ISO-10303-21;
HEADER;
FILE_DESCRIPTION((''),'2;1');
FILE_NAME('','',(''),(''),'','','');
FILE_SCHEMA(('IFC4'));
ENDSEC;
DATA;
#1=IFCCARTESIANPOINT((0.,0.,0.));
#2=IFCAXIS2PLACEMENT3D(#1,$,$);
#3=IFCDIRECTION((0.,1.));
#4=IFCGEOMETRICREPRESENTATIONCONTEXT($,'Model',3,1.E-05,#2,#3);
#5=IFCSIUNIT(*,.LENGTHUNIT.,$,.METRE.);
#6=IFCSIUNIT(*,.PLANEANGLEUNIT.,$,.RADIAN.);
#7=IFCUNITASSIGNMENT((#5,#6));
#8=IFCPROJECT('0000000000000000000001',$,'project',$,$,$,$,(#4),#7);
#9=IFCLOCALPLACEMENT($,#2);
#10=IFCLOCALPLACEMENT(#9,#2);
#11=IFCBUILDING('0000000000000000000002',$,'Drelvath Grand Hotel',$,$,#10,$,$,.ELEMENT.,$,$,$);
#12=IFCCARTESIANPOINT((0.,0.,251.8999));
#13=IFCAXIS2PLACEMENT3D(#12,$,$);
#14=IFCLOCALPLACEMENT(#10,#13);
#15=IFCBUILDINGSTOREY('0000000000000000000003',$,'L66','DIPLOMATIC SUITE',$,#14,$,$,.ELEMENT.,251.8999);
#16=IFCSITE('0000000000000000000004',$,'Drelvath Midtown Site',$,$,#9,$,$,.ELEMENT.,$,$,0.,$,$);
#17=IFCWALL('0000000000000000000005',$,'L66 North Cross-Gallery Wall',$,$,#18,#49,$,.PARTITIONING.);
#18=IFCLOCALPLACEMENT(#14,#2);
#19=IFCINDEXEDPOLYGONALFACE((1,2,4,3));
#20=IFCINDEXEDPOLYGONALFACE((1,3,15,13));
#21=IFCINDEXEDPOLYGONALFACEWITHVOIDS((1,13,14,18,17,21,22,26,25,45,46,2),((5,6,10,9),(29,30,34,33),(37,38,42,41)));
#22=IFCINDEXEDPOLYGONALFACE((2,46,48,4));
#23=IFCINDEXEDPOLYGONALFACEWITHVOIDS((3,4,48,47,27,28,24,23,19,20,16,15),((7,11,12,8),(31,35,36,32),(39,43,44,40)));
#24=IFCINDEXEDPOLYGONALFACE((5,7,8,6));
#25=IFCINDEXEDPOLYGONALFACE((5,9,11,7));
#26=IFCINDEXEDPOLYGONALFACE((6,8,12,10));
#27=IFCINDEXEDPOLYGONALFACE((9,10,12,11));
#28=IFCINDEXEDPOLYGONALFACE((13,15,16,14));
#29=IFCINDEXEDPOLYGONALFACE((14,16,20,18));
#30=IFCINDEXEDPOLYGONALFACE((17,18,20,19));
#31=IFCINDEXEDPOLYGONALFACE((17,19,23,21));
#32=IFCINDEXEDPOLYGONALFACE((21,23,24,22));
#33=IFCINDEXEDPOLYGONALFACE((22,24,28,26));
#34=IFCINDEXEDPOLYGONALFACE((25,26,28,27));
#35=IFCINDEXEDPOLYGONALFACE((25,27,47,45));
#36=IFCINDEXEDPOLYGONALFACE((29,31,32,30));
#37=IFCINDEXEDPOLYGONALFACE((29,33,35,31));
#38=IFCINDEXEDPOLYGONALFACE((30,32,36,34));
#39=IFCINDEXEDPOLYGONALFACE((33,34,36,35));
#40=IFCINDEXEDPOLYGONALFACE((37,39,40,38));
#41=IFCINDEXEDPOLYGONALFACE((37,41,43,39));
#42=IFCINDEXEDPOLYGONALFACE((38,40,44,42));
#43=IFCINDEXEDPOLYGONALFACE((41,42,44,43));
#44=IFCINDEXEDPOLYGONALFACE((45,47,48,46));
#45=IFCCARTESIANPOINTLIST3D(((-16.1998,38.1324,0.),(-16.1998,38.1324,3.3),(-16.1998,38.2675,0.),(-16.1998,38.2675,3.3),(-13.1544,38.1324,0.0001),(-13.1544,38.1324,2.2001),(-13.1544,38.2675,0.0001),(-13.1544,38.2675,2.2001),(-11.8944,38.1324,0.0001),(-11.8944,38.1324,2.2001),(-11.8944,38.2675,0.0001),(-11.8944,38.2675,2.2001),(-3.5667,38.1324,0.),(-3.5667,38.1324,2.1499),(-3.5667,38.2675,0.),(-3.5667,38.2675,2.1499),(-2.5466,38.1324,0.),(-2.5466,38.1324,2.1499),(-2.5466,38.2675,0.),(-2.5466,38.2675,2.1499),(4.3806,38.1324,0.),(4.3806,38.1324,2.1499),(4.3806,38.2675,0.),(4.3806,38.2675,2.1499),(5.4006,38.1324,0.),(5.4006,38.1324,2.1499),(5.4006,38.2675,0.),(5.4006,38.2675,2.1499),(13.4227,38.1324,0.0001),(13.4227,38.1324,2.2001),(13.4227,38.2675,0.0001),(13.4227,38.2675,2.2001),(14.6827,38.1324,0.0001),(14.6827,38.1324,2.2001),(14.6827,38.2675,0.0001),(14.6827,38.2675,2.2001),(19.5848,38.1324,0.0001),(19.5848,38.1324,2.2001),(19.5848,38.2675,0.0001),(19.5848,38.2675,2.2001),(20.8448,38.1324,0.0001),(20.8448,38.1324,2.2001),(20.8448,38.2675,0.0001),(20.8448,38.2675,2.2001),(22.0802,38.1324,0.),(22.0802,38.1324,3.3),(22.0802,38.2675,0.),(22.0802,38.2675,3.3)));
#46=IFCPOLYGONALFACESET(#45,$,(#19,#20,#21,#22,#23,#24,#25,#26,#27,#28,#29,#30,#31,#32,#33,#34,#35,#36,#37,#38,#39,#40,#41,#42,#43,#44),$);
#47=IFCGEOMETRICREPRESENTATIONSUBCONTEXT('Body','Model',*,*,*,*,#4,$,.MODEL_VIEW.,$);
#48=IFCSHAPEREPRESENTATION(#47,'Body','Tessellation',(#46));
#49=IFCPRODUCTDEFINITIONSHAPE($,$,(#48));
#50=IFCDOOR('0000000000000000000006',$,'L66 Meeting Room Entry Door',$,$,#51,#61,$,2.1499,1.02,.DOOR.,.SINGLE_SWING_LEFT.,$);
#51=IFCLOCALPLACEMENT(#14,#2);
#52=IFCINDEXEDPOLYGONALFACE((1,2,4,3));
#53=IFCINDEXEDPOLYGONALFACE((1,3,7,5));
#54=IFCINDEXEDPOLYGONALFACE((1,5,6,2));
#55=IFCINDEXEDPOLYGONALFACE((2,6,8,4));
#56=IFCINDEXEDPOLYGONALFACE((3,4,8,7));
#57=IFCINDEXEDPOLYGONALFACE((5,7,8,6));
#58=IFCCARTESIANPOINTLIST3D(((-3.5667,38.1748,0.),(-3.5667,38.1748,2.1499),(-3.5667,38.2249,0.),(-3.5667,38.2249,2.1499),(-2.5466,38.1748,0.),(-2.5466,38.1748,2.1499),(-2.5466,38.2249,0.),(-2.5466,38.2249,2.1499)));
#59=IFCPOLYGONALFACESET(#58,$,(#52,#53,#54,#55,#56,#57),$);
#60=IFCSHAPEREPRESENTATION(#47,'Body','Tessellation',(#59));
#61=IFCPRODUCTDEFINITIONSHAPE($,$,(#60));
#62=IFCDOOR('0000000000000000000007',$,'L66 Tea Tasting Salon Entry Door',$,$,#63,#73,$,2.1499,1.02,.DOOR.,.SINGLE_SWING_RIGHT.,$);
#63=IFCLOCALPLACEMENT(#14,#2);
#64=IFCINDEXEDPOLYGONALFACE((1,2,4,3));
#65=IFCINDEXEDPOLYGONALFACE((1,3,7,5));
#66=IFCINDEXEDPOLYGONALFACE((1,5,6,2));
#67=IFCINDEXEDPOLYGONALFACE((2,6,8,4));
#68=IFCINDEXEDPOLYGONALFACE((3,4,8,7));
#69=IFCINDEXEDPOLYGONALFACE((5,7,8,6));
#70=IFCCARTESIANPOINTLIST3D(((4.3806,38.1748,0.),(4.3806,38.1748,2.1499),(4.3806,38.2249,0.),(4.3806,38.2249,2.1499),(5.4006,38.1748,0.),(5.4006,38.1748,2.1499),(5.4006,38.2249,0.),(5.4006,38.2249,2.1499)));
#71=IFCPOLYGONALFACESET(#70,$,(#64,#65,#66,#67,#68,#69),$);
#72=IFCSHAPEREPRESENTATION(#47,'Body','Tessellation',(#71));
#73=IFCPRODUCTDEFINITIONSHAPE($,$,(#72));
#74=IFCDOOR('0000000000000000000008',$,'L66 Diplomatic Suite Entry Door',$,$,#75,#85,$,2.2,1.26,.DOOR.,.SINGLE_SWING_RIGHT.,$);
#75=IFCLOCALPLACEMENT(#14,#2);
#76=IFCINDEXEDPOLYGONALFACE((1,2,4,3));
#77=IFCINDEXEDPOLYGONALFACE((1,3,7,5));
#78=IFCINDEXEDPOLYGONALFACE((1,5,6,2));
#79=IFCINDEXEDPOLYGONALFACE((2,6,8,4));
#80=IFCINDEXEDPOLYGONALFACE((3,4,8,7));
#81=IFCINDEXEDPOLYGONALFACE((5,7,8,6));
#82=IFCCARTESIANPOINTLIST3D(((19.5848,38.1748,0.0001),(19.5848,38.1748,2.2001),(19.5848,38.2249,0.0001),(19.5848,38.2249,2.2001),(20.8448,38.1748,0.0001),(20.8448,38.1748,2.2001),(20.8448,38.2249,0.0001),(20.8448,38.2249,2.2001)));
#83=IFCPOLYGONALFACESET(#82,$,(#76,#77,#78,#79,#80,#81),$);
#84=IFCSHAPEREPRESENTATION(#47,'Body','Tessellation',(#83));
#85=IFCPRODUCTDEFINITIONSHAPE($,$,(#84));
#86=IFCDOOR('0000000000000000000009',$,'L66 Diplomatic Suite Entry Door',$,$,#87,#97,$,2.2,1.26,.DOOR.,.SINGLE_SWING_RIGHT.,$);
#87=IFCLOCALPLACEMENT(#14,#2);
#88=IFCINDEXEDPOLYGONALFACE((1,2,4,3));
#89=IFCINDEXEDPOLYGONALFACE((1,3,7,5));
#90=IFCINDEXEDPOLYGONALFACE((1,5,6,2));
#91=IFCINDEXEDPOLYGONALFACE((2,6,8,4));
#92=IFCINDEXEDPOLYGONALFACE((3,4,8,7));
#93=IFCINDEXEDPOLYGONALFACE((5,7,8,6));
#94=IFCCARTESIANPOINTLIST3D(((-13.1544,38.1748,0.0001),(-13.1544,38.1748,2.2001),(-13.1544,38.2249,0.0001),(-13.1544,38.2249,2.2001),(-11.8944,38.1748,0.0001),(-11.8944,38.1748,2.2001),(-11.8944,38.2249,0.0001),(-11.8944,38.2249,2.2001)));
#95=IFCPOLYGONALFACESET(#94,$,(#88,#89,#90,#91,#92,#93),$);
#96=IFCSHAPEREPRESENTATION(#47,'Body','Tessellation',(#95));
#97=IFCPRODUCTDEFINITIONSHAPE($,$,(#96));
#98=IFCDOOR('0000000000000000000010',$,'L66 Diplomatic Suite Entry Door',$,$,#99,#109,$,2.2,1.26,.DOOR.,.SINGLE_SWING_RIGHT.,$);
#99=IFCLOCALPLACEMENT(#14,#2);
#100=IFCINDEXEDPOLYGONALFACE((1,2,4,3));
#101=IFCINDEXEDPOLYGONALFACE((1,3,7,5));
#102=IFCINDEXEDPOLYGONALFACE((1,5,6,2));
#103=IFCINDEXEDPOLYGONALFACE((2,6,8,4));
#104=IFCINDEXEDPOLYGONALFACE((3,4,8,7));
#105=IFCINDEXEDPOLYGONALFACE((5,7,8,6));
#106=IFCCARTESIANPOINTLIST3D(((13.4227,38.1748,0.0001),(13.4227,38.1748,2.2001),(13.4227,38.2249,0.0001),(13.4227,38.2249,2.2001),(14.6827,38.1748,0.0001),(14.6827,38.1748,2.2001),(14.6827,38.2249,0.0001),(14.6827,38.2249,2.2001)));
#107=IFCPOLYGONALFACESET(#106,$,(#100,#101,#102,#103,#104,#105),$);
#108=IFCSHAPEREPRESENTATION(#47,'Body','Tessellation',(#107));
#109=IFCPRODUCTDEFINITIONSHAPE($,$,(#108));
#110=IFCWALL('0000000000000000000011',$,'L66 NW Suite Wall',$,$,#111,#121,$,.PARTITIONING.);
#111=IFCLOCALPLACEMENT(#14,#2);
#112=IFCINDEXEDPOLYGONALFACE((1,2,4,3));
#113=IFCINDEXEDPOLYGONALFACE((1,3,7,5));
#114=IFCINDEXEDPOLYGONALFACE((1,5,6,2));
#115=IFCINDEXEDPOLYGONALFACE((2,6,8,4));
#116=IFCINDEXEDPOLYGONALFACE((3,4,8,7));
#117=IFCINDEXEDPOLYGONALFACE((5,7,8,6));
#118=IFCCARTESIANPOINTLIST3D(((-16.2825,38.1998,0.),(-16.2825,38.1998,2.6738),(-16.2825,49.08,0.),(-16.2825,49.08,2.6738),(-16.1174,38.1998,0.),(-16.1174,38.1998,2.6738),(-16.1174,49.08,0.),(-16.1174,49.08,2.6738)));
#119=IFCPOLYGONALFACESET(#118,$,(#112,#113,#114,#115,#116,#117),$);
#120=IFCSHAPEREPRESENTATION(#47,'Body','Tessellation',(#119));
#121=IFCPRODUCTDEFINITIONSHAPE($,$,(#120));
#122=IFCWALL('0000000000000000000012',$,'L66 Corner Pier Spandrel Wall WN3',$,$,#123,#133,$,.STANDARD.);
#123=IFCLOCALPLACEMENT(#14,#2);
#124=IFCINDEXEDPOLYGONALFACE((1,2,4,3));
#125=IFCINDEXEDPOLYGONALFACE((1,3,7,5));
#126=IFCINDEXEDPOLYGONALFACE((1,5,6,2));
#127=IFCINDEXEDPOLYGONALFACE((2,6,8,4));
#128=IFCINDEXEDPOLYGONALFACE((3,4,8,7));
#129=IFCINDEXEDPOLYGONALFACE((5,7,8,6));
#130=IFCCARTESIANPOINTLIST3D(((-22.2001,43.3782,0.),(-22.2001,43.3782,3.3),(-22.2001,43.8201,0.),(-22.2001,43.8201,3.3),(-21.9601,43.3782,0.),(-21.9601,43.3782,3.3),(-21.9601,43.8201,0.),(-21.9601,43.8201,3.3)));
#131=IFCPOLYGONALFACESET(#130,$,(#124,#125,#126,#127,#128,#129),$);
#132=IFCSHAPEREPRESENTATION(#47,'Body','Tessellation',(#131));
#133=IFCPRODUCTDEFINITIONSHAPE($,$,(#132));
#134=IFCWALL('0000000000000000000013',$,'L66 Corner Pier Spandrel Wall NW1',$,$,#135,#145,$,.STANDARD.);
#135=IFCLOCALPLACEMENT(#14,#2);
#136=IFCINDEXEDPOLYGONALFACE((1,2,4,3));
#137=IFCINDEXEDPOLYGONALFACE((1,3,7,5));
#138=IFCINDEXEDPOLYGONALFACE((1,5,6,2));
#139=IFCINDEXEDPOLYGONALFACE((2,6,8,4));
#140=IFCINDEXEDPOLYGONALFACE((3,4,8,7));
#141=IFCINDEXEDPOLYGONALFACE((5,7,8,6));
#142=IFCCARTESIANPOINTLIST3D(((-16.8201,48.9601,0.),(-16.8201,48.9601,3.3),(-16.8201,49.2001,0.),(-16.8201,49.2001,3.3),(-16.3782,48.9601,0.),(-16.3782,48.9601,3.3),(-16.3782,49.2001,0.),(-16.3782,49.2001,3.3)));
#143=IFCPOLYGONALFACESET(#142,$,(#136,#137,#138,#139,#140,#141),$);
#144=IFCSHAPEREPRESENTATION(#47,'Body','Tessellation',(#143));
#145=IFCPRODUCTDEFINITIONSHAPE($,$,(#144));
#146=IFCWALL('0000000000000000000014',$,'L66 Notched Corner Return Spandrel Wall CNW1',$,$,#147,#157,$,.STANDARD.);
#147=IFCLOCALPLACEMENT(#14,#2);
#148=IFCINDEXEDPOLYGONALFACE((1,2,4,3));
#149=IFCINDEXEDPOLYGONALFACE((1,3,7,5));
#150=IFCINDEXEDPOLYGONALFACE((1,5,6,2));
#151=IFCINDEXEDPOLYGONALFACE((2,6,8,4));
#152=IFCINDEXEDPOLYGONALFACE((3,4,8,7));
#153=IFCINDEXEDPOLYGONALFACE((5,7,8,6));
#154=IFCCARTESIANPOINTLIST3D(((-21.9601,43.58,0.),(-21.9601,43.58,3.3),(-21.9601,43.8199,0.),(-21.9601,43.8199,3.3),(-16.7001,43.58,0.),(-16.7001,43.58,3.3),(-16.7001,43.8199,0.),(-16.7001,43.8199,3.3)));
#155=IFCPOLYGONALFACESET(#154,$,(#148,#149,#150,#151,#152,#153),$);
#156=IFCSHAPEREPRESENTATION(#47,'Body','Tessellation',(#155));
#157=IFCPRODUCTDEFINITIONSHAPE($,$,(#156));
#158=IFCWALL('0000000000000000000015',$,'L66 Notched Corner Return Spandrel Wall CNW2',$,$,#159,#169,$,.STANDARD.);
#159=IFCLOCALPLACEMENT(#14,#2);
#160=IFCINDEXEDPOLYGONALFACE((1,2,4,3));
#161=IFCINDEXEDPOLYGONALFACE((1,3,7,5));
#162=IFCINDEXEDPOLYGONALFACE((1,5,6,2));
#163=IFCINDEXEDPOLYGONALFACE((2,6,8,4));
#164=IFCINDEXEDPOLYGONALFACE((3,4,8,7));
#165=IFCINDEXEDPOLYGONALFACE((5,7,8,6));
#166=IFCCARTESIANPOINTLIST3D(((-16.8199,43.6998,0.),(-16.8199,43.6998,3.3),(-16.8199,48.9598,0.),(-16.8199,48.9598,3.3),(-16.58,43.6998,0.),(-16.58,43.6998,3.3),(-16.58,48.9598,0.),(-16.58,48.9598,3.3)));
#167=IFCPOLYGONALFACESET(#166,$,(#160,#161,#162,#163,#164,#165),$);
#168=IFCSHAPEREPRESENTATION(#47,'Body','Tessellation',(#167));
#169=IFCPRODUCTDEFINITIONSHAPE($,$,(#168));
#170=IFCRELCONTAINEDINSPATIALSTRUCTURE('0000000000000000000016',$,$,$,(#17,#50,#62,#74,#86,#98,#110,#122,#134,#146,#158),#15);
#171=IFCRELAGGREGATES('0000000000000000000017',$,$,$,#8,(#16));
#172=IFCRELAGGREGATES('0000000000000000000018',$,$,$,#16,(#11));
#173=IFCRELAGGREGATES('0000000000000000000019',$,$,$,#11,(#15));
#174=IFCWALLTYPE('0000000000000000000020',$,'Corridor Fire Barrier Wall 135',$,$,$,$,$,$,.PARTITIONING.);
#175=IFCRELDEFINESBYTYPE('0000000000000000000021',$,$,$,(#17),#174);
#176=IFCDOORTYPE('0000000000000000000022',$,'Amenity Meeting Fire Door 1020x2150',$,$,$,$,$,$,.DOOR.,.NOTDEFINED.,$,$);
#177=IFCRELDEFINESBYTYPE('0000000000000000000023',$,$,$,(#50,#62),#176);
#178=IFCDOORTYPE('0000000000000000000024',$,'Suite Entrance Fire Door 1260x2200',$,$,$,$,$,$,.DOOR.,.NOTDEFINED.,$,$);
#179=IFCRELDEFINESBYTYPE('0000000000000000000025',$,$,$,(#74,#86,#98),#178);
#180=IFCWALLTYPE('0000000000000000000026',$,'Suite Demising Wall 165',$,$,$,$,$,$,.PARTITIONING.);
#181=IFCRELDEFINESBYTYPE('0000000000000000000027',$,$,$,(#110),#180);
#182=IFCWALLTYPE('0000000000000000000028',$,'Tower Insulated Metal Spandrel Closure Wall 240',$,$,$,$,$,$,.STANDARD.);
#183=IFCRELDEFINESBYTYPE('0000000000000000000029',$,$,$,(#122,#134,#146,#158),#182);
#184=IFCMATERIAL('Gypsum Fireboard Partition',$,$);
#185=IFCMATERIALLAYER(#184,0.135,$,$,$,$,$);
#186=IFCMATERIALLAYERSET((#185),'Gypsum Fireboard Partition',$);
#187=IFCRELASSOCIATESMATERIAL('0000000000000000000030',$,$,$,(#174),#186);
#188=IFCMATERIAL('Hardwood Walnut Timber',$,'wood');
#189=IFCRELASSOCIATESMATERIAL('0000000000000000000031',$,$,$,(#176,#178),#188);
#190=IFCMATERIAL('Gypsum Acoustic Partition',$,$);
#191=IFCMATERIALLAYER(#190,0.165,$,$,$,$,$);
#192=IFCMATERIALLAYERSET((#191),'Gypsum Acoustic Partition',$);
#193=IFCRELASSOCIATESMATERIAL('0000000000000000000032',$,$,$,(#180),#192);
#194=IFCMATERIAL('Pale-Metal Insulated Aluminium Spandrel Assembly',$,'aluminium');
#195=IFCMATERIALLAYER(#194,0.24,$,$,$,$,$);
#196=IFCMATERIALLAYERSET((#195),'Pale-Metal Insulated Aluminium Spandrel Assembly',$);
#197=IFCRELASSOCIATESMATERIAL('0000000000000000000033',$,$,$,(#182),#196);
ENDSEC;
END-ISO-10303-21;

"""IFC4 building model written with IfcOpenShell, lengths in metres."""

from ifc_helpers import new_model, si_unit, direction, frame, frame_2d, origin, place, context, subcontext, project, spatial, rectangle, extrude, material, layer, layer_set, type_object, element, fill, save


model = new_model("IFC4")

# Units and contexts
model_context = context("Model", 3, precision=1e-05, world=origin(), true_north=direction((0.0, 1.0)))
body_context = subcontext(model_context, "Body", "Model", "MODEL_VIEW")
ifc_project = project(units=[si_unit("LENGTHUNIT", "METRE"), si_unit("PLANEANGLEUNIT", "RADIAN")], contexts=[model_context])

# Site, building, storey
site_placement = place(None, origin())
site = spatial("IfcSite", under=ifc_project, at=site_placement, Name="Drelvath Midtown Site", CompositionType="ELEMENT", RefElevation=0.0)
building_placement = place(site_placement, origin())
building = spatial("IfcBuilding", under=site, at=building_placement, Name="Drelvath Grand Hotel", CompositionType="ELEMENT")
storey_placement = place(building_placement, frame((0.0, 0.0, 251.8999)))
storey = spatial("IfcBuildingStorey", under=building, at=storey_placement, Name="L66", Description="DIPLOMATIC SUITE", CompositionType="ELEMENT", Elevation=251.8999)

# Wall, openings, doors
ifc_material_1 = material(Name="Gypsum Fireboard Partition")
ifc_layer_1 = layer(ifc_material_1, 0.135)
ifc_layer_set_1 = layer_set([ifc_layer_1], Name="Gypsum Fireboard Partition")
wall_type_1 = type_object("IfcWallType", Name="Corridor Fire Barrier Wall 135", PredefinedType="PARTITIONING", material=ifc_layer_set_1)
wall_1_placement = place(storey_placement, frame((-16.2, 38.2, 0.0), z_axis=(0.0, 0.0, 1.0), x_axis=(1.0, 0.0, 0.0)))
wall_1 = element("IfcWall", 1, at=wall_1_placement, inside=storey, type_object=wall_type_1, Name="L66 North Cross-Gallery Wall", PredefinedType="PARTITIONING", context=body_context, shape_type="SweptSolid", body=[
    extrude(rectangle(XDim=38.28, YDim=0.135, at=frame_2d((19.1401, 0.0))), origin(), (0.0, 0.0, 1.0), 3.3),
])
opening_1_placement = place(wall_1_placement, frame((35.7849, 0.0, 0.0)))
opening_1 = element("IfcOpeningElement", 2, at=opening_1_placement, cuts=wall_1, PredefinedType="OPENING", context=body_context, shape_type="SweptSolid", body=[
    extrude(rectangle(XDim=1.26, YDim=2.2, at=frame_2d((0.6299, 1.1001))), frame((0.0, 0.0774, 0.0), z_axis=(0.0, -1.0, 0.0), x_axis=(1.0, 0.0, 0.0)), (0.0, 0.0, 1.0), 0.155),
])
opening_2_placement = place(wall_1_placement, frame((3.0457, 0.0, 0.0)))
opening_2 = element("IfcOpeningElement", 3, at=opening_2_placement, cuts=wall_1, PredefinedType="OPENING", context=body_context, shape_type="SweptSolid", body=[
    extrude(rectangle(XDim=1.26, YDim=2.2, at=frame_2d((0.6299, 1.1001))), frame((0.0, 0.0774, 0.0), z_axis=(0.0, -1.0, 0.0), x_axis=(1.0, 0.0, 0.0)), (0.0, 0.0, 1.0), 0.155),
])
opening_3_placement = place(wall_1_placement, frame((12.6333, 0.0, 0.0)))
opening_3 = element("IfcOpeningElement", 4, at=opening_3_placement, cuts=wall_1, PredefinedType="OPENING", context=body_context, shape_type="SweptSolid", body=[
    extrude(rectangle(XDim=1.02, YDim=2.1499, at=frame_2d((0.51, 1.075))), frame((0.0, 0.0774, 0.0), z_axis=(0.0, -1.0, 0.0), x_axis=(1.0, 0.0, 0.0)), (0.0, 0.0, 1.0), 0.155),
])
opening_4_placement = place(wall_1_placement, frame((20.5806, 0.0, 0.0)))
opening_4 = element("IfcOpeningElement", 5, at=opening_4_placement, cuts=wall_1, PredefinedType="OPENING", context=body_context, shape_type="SweptSolid", body=[
    extrude(rectangle(XDim=1.02, YDim=2.1499, at=frame_2d((0.51, 1.075))), frame((0.0, 0.0774, 0.0), z_axis=(0.0, -1.0, 0.0), x_axis=(1.0, 0.0, 0.0)), (0.0, 0.0, 1.0), 0.155),
])
opening_5_placement = place(wall_1_placement, frame((29.6228, 0.0, 0.0)))
opening_5 = element("IfcOpeningElement", 6, at=opening_5_placement, cuts=wall_1, PredefinedType="OPENING", context=body_context, shape_type="SweptSolid", body=[
    extrude(rectangle(XDim=1.26, YDim=2.2, at=frame_2d((0.6299, 1.1001))), frame((0.0, 0.0774, 0.0), z_axis=(0.0, -1.0, 0.0), x_axis=(1.0, 0.0, 0.0)), (0.0, 0.0, 1.0), 0.155),
])
ifc_material_2 = material(Name="Hardwood Walnut Timber", Category="wood")
door_type_1 = type_object("IfcDoorType", Name="Amenity Meeting Fire Door 1020x2150", OperationType="NOTDEFINED", PredefinedType="DOOR", material=ifc_material_2)
door_1_placement = place(opening_3_placement, origin())
door_1 = element("IfcDoor", 7, at=door_1_placement, inside=storey, type_object=door_type_1, Name="L66 Meeting Room Entry Door", OperationType="SINGLE_SWING_LEFT", OverallHeight=2.1499, OverallWidth=1.02, PredefinedType="DOOR", context=body_context, shape_type="SweptSolid", body=[
    extrude(rectangle(XDim=1.02, YDim=2.1499, at=frame_2d((0.51, 1.075))), frame((0.0, 0.0249, 0.0), z_axis=(0.0, -1.0, 0.0), x_axis=(1.0, 0.0, 0.0)), (0.0, 0.0, 1.0), 0.05),
])
fill(opening_3, door_1)
door_2_placement = place(opening_4_placement, origin())
door_2 = element("IfcDoor", 8, at=door_2_placement, inside=storey, type_object=door_type_1, Name="L66 Tea Tasting Salon Entry Door", OperationType="SINGLE_SWING_RIGHT", OverallHeight=2.1499, OverallWidth=1.02, PredefinedType="DOOR", context=body_context, shape_type="SweptSolid", body=[
    extrude(rectangle(XDim=1.02, YDim=2.1499, at=frame_2d((0.51, 1.075))), frame((0.0, 0.0249, 0.0), z_axis=(0.0, -1.0, 0.0), x_axis=(1.0, 0.0, 0.0)), (0.0, 0.0, 1.0), 0.05),
])
fill(opening_4, door_2)
door_type_2 = type_object("IfcDoorType", Name="Suite Entrance Fire Door 1260x2200", OperationType="NOTDEFINED", PredefinedType="DOOR", material=ifc_material_2)
door_3_placement = place(opening_1_placement, origin())
door_3 = element("IfcDoor", 9, at=door_3_placement, inside=storey, type_object=door_type_2, Name="L66 Diplomatic Suite Entry Door", OperationType="SINGLE_SWING_RIGHT", OverallHeight=2.2, OverallWidth=1.26, PredefinedType="DOOR", context=body_context, shape_type="SweptSolid", body=[
    extrude(rectangle(XDim=1.26, YDim=2.2, at=frame_2d((0.6299, 1.1001))), frame((0.0, 0.0249, 0.0), z_axis=(0.0, -1.0, 0.0), x_axis=(1.0, 0.0, 0.0)), (0.0, 0.0, 1.0), 0.05),
])
fill(opening_1, door_3)
door_4_placement = place(opening_2_placement, origin())
door_4 = element("IfcDoor", 10, at=door_4_placement, inside=storey, type_object=door_type_2, Name="L66 Diplomatic Suite Entry Door", OperationType="SINGLE_SWING_RIGHT", OverallHeight=2.2, OverallWidth=1.26, PredefinedType="DOOR", context=body_context, shape_type="SweptSolid", body=[
    extrude(rectangle(XDim=1.26, YDim=2.2, at=frame_2d((0.6299, 1.1001))), frame((0.0, 0.0249, 0.0), z_axis=(0.0, -1.0, 0.0), x_axis=(1.0, 0.0, 0.0)), (0.0, 0.0, 1.0), 0.05),
])
fill(opening_2, door_4)
door_5_placement = place(opening_5_placement, origin())
door_5 = element("IfcDoor", 11, at=door_5_placement, inside=storey, type_object=door_type_2, Name="L66 Diplomatic Suite Entry Door", OperationType="SINGLE_SWING_RIGHT", OverallHeight=2.2, OverallWidth=1.26, PredefinedType="DOOR", context=body_context, shape_type="SweptSolid", body=[
    extrude(rectangle(XDim=1.26, YDim=2.2, at=frame_2d((0.6299, 1.1001))), frame((0.0, 0.0249, 0.0), z_axis=(0.0, -1.0, 0.0), x_axis=(1.0, 0.0, 0.0)), (0.0, 0.0, 1.0), 0.05),
])
fill(opening_5, door_5)

# Walls
ifc_material_3 = material(Name="Gypsum Acoustic Partition")
ifc_layer_2 = layer(ifc_material_3, 0.165)
ifc_layer_set_2 = layer_set([ifc_layer_2], Name="Gypsum Acoustic Partition")
wall_type_2 = type_object("IfcWallType", Name="Suite Demising Wall 165", PredefinedType="PARTITIONING", material=ifc_layer_set_2)
wall_2_placement = place(storey_placement, frame((-16.2, 38.2, 0.0), z_axis=(0.0, 0.0, 1.0), x_axis=(0.0, 1.0, 0.0)))
element("IfcWall", 12, at=wall_2_placement, inside=storey, type_object=wall_type_2, Name="L66 NW Suite Wall", PredefinedType="PARTITIONING", context=body_context, shape_type="SweptSolid", body=[
    extrude(rectangle(XDim=10.8801, YDim=0.165, at=frame_2d((5.4399, 0.0))), origin(), (0.0, 0.0, 1.0), 2.6738),
])
ifc_material_4 = material(Name="Pale-Metal Insulated Aluminium Spandrel Assembly", Category="aluminium")
ifc_layer_3 = layer(ifc_material_4, 0.24)
ifc_layer_set_3 = layer_set([ifc_layer_3], Name="Pale-Metal Insulated Aluminium Spandrel Assembly")
wall_type_3 = type_object("IfcWallType", Name="Tower Insulated Metal Spandrel Closure Wall 240", PredefinedType="STANDARD", material=ifc_layer_set_3)
for number, where, z_axis, x_axis, name in (
    (13, (-22.0801, 43.3782, 0.0), (0.0, 0.0, 1.0), (0.0, 1.0, 0.0), "L66 Corner Pier Spandrel Wall WN3"),
    (14, (-16.8201, 49.0801, 0.0), (0.0, 0.0, 1.0), (1.0, 0.0, 0.0), "L66 Corner Pier Spandrel Wall NW1"),
):
    element("IfcWall", number, at=place(storey_placement, frame(where, z_axis=z_axis, x_axis=x_axis)), inside=storey, type_object=wall_type_3, Name=name, PredefinedType="STANDARD", context=body_context, shape_type="SweptSolid", body=[
        extrude(rectangle(XDim=0.4419, YDim=0.24, at=frame_2d((0.2209, 0.0))), origin(), (0.0, 0.0, 1.0), 3.3),
    ])
for number, where, z_axis, x_axis, name in (
    (15, (-21.96, 43.7, 0.0), (0.0, 0.0, 1.0), (1.0, 0.0, 0.0), "L66 Notched Corner Return Spandrel Wall CNW1"),
    (16, (-16.7, 43.7, 0.0), (0.0, 0.0, 1.0), (0.0, 1.0, 0.0), "L66 Notched Corner Return Spandrel Wall CNW2"),
):
    element("IfcWall", number, at=place(storey_placement, frame(where, z_axis=z_axis, x_axis=x_axis)), inside=storey, type_object=wall_type_3, Name=name, PredefinedType="STANDARD", context=body_context, shape_type="SweptSolid", body=[
        extrude(rectangle(XDim=5.26, YDim=0.24, at=frame_2d((2.6299, 0.0))), origin(), (0.0, 0.0, 1.0), 3.3),
    ])

save(model, "model.ifc")
